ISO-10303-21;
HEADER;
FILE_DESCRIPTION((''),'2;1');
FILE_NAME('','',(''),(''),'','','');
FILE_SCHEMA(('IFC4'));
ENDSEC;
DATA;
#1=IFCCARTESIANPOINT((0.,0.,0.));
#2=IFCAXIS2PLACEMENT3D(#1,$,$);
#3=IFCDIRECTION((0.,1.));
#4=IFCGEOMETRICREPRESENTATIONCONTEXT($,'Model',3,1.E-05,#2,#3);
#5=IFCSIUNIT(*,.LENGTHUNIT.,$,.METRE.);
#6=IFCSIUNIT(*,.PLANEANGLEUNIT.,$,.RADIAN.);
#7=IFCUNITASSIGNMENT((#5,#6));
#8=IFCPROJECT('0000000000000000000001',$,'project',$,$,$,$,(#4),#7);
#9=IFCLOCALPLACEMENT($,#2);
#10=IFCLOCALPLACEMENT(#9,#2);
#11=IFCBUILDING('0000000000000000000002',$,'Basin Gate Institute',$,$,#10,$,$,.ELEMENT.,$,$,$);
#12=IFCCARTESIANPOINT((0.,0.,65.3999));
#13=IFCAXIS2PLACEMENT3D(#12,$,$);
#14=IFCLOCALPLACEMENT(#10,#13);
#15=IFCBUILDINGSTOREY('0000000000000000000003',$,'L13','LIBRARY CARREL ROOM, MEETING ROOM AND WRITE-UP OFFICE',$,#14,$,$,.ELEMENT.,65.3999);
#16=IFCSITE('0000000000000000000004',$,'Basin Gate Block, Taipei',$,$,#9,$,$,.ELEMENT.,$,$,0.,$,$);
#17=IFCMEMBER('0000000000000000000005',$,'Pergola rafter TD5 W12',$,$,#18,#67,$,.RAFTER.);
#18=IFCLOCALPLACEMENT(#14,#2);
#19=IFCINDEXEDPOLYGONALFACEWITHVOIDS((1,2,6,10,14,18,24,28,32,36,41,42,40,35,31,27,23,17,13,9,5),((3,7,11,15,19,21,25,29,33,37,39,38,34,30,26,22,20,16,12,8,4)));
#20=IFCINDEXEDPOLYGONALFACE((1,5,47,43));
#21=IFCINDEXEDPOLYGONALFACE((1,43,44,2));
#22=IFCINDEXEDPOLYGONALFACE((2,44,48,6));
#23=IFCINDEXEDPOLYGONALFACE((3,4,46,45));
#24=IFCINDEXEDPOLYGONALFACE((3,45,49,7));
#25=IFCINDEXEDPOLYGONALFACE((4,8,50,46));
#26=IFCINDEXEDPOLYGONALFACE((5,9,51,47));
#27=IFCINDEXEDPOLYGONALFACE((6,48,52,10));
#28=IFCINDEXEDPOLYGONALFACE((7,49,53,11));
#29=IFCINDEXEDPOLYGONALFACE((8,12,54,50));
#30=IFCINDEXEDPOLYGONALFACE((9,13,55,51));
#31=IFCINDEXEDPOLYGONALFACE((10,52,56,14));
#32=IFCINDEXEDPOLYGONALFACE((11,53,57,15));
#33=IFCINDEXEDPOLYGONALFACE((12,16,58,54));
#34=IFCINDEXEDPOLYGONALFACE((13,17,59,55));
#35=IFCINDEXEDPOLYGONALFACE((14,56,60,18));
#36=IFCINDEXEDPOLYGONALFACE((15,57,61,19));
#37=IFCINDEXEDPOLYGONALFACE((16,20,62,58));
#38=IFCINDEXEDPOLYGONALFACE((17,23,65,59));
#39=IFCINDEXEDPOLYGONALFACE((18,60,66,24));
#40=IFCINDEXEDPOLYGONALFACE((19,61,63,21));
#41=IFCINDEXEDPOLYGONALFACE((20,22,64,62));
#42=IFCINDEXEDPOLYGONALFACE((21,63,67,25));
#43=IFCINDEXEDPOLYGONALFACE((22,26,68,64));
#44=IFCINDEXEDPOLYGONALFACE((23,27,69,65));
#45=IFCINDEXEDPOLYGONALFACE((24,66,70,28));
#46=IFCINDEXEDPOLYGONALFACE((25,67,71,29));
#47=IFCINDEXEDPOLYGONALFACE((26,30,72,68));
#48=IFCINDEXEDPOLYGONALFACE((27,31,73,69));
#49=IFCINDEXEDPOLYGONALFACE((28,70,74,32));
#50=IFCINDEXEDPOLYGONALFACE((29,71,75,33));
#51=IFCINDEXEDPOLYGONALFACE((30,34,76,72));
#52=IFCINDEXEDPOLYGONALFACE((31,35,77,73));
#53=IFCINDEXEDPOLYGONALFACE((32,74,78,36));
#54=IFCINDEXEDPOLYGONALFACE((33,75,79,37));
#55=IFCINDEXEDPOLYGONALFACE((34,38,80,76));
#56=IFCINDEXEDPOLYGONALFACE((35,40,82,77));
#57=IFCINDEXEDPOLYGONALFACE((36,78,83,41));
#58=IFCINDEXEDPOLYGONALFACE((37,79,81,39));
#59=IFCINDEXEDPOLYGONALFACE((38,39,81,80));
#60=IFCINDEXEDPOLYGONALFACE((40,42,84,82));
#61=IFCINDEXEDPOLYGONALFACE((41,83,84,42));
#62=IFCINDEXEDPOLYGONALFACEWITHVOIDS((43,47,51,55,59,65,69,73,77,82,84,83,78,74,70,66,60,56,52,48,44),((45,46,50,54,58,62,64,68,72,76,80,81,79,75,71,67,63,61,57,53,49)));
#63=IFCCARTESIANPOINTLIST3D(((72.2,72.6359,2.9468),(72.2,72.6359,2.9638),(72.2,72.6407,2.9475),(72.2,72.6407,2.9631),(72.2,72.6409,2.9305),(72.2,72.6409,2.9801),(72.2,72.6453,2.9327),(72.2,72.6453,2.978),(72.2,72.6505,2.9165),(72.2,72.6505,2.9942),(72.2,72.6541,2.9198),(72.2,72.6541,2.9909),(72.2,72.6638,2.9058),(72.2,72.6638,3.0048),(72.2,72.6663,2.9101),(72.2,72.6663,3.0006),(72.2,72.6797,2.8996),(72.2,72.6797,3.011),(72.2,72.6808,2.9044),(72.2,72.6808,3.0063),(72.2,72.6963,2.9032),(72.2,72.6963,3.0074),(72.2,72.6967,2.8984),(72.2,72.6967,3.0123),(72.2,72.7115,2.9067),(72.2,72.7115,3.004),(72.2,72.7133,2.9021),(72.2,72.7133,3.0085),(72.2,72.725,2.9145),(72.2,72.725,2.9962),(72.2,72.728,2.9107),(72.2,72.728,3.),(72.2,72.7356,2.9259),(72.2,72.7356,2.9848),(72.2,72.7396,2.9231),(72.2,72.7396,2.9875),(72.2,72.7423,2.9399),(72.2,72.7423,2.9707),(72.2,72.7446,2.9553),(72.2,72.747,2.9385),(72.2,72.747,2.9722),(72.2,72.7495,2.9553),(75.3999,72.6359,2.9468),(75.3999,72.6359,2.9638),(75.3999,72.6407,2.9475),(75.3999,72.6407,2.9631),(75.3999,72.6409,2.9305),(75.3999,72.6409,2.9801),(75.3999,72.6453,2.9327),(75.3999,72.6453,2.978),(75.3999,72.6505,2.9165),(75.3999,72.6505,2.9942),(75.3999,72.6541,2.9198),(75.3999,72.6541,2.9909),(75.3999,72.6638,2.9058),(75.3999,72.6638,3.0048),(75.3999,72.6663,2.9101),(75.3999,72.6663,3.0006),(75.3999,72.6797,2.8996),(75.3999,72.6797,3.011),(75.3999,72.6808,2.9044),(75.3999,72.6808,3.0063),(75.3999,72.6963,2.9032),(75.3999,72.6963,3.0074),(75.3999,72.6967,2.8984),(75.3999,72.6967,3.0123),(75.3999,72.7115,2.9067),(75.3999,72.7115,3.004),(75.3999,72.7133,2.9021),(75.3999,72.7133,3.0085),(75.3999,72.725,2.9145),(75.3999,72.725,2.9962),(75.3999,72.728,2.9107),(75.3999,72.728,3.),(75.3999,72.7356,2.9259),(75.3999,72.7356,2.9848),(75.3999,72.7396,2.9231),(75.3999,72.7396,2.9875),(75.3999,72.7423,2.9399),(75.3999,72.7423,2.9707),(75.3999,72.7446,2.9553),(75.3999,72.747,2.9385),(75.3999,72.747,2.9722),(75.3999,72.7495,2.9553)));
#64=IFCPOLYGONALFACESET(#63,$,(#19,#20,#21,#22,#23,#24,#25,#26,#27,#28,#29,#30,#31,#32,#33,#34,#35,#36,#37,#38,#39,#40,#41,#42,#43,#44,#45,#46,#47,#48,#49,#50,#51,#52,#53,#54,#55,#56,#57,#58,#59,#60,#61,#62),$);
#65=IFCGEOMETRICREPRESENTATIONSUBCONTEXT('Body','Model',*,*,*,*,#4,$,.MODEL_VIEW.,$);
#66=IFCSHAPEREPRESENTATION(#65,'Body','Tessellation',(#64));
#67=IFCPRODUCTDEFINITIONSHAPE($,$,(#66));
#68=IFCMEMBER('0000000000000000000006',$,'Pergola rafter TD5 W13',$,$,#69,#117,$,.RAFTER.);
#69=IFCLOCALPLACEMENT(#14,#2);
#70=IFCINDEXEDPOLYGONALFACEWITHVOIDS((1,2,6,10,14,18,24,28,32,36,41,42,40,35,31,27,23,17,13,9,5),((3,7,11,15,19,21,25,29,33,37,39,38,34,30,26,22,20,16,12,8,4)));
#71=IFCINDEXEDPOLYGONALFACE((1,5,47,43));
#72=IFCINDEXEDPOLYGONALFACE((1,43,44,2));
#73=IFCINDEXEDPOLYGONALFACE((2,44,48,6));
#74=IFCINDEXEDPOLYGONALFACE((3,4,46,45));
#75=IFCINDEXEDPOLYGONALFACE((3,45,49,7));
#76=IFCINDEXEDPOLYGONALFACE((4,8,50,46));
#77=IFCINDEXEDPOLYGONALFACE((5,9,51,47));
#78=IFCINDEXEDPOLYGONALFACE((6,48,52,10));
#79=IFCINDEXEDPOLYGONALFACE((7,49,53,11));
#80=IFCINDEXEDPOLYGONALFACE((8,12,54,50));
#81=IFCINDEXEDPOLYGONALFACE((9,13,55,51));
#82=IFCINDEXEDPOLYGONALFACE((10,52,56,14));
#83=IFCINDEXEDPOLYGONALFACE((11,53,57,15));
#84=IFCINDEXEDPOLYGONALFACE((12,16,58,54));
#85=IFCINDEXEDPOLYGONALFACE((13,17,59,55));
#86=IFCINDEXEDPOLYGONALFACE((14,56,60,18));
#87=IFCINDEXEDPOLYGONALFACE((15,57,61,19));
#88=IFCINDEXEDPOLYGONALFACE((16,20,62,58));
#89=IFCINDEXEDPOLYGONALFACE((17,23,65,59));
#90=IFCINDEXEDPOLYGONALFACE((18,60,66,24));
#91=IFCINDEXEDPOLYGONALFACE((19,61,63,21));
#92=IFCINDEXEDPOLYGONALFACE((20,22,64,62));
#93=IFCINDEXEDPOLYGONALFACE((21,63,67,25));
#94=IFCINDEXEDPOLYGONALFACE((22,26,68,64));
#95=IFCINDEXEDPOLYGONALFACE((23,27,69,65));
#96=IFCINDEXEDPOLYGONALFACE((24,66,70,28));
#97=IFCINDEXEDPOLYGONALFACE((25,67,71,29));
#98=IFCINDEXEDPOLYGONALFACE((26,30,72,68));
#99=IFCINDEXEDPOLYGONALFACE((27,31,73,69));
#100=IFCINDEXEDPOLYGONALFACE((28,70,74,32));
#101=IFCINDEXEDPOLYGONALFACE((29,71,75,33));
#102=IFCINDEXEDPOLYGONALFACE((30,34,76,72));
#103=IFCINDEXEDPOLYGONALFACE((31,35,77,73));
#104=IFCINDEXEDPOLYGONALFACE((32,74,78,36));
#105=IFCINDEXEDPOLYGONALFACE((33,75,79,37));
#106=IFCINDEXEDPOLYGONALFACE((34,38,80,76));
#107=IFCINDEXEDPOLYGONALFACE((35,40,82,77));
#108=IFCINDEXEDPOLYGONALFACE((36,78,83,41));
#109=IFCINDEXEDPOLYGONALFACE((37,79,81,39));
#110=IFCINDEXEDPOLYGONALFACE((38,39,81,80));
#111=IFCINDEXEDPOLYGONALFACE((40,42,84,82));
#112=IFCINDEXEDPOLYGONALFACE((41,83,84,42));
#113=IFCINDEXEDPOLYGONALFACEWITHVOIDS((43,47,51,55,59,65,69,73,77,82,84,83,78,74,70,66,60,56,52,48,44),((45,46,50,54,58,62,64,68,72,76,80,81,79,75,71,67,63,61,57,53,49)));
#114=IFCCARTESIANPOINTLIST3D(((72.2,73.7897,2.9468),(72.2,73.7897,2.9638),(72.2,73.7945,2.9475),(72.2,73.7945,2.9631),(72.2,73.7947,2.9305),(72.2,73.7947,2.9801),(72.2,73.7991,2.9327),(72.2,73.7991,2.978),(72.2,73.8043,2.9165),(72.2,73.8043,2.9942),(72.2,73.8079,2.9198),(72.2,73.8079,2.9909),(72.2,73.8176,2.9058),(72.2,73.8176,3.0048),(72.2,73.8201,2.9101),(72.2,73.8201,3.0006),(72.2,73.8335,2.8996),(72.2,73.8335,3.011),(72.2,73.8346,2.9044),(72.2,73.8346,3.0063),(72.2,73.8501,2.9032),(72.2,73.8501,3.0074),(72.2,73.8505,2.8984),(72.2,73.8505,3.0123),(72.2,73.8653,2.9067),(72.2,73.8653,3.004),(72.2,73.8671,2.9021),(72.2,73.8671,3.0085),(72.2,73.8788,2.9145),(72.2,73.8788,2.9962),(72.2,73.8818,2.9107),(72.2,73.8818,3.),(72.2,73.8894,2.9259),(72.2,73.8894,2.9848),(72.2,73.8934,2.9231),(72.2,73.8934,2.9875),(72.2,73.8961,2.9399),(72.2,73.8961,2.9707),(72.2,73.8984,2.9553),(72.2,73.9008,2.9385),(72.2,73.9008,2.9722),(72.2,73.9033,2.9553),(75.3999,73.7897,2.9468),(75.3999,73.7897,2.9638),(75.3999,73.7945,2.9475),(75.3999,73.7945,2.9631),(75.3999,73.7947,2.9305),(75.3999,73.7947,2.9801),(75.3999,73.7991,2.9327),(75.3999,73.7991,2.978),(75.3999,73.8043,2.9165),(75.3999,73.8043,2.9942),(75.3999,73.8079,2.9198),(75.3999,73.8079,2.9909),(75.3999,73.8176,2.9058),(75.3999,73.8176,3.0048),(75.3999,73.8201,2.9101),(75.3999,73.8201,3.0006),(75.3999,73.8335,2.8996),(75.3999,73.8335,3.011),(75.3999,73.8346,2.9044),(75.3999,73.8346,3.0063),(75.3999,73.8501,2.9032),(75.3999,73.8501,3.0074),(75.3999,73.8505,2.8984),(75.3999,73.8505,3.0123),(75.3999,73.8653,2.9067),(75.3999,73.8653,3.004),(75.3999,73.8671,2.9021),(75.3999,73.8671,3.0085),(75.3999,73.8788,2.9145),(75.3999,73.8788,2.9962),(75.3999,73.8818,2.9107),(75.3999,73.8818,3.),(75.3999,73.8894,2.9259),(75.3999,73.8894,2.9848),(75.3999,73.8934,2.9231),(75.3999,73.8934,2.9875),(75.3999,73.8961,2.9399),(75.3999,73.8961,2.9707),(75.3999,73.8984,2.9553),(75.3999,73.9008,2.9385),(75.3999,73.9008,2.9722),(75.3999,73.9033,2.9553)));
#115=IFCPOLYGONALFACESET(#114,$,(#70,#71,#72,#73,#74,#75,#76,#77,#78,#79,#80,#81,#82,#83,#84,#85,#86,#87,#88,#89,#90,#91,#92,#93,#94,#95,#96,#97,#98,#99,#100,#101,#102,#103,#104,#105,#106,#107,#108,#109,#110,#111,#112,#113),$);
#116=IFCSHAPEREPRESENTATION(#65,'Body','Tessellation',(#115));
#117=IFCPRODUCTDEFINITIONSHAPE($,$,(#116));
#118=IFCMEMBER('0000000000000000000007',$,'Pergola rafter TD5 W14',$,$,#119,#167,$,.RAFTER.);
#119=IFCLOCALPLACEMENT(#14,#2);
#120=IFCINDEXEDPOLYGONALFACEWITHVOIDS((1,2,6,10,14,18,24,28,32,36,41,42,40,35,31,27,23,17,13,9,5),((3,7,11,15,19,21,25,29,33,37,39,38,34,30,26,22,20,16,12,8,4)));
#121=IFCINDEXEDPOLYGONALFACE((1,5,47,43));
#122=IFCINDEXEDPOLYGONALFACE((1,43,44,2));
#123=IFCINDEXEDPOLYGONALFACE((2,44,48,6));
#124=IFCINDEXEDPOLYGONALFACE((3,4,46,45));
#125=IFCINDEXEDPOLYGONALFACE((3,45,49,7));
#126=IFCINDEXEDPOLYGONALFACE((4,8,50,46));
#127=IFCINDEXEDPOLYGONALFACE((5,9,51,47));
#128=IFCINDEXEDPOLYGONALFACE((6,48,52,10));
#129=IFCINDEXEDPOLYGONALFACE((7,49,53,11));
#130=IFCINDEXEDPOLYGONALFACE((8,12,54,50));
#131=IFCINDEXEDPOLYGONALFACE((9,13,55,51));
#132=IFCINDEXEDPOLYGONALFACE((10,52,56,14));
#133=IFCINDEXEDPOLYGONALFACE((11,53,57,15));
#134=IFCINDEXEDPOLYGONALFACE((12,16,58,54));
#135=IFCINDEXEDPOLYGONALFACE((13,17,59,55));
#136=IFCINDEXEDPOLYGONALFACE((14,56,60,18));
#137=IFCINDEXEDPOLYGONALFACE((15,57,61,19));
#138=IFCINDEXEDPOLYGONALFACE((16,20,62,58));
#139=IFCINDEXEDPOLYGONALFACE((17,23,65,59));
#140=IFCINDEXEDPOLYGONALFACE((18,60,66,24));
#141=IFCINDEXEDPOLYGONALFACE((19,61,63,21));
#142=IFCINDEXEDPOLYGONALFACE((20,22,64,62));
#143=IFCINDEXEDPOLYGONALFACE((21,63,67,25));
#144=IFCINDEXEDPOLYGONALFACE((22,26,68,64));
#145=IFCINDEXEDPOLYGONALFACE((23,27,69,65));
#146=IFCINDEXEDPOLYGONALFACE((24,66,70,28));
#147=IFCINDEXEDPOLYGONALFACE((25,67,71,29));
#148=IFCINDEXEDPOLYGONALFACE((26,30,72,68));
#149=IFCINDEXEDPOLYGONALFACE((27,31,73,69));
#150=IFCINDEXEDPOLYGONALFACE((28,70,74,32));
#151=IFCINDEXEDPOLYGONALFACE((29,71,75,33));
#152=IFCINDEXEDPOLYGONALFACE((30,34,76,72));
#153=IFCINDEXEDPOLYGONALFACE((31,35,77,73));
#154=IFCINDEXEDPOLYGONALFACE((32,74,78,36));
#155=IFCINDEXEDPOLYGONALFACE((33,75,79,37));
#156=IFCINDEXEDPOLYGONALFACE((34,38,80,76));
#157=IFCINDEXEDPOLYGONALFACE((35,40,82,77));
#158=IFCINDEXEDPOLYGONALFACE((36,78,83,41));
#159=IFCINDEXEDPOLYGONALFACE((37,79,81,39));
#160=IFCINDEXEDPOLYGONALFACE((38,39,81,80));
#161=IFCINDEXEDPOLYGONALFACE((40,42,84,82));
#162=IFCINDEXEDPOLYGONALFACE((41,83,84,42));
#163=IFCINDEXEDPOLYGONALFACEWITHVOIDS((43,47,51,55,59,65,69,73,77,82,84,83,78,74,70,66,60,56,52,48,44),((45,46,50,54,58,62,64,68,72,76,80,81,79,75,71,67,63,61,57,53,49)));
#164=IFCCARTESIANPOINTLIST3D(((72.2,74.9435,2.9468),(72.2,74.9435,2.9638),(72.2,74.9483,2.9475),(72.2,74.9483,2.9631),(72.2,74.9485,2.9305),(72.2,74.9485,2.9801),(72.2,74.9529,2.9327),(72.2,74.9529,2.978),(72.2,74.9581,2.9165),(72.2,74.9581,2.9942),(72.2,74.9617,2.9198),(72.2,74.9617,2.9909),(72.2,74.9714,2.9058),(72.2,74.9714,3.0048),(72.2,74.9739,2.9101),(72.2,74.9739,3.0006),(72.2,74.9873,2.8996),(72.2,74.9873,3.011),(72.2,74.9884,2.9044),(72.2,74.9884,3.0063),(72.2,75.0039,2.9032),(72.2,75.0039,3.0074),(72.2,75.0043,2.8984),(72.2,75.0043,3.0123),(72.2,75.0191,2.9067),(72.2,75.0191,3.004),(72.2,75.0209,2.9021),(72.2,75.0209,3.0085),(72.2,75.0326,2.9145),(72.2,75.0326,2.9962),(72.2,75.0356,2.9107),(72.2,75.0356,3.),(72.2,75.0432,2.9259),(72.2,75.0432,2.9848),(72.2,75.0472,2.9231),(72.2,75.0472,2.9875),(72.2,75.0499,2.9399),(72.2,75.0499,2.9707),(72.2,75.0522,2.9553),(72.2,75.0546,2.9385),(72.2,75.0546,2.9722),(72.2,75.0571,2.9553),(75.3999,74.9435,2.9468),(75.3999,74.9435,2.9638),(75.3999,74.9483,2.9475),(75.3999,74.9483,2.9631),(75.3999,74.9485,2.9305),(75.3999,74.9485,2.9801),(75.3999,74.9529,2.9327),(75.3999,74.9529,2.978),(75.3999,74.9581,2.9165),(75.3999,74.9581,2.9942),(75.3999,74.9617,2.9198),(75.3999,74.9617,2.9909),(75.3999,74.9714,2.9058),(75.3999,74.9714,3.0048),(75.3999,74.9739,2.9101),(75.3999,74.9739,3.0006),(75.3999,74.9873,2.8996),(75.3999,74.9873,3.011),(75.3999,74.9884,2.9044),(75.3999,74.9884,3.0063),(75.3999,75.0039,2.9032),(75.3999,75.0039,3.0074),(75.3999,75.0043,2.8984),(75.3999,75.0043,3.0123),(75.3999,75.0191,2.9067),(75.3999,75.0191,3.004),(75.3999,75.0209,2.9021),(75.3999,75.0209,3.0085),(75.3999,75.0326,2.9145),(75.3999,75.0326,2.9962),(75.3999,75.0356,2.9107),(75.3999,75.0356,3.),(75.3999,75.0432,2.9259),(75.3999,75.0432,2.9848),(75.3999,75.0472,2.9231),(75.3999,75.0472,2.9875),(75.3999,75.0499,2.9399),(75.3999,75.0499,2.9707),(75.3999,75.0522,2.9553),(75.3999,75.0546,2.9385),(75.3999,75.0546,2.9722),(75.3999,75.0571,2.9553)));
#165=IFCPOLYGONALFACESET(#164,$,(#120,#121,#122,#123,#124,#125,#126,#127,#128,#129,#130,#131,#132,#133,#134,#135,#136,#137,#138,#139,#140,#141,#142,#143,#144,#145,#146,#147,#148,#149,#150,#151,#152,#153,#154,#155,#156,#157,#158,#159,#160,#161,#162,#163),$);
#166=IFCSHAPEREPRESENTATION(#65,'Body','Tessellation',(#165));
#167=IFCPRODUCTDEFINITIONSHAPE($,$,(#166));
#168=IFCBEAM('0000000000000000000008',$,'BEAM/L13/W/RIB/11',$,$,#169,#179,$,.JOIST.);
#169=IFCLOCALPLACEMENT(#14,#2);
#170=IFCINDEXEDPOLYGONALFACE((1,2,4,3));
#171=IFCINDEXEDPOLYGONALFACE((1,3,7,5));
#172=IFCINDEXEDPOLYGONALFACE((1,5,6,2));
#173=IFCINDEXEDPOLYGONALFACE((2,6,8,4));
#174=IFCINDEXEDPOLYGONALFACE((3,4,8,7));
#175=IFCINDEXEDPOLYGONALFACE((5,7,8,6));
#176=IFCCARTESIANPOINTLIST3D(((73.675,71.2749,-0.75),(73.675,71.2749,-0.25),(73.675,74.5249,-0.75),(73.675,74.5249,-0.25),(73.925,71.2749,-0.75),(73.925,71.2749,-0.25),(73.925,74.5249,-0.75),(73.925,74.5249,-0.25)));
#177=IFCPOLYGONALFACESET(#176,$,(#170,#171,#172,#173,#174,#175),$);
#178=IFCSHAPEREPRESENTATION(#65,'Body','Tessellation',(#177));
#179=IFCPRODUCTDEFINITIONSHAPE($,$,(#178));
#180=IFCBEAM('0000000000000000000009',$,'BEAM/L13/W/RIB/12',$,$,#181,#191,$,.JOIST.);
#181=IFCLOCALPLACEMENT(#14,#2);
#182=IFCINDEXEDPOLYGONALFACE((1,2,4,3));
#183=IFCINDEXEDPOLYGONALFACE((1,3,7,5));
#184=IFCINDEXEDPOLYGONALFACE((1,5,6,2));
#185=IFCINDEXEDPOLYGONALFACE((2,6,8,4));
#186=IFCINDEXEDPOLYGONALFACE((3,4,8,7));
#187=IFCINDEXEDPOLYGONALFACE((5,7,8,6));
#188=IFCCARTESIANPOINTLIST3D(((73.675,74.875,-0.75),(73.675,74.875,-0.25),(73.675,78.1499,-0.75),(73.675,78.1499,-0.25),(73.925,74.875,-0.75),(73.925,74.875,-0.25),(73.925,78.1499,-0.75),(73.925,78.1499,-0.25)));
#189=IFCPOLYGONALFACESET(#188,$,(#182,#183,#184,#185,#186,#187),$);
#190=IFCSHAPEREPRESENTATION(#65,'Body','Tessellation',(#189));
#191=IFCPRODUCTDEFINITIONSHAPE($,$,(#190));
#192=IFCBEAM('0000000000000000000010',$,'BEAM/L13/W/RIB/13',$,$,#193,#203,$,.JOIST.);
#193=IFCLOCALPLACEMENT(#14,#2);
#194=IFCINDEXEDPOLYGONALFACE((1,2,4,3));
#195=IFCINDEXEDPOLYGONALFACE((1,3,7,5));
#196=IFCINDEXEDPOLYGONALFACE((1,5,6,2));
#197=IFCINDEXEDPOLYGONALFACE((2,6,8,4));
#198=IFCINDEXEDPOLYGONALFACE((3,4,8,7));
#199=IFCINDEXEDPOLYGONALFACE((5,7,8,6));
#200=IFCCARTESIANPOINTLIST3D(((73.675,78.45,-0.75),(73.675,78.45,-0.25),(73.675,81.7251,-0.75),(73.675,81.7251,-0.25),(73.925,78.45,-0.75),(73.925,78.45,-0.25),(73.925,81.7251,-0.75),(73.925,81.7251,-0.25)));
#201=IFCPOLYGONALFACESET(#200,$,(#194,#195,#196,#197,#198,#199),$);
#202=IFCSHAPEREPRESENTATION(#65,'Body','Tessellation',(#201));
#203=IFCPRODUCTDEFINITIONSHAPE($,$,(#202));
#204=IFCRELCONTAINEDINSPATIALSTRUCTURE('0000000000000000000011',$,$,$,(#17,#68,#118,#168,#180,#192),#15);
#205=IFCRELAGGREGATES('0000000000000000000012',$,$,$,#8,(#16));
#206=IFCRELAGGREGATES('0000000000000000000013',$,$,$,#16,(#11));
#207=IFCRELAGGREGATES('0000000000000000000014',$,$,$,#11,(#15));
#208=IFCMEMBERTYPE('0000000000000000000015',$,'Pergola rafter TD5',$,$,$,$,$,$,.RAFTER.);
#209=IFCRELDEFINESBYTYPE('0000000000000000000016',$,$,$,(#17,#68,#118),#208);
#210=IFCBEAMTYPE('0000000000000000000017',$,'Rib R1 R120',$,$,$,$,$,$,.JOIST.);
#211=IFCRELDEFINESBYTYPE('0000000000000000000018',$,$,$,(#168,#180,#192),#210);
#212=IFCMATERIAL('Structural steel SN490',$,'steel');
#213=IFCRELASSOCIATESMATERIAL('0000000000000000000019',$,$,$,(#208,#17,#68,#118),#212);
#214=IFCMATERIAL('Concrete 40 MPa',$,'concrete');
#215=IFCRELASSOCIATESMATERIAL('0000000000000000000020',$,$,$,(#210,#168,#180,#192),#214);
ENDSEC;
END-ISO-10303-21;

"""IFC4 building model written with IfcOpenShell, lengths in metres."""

from ifc_helpers import new_model, si_unit, direction, frame, origin, origin_2d, place, context, subcontext, project, spatial, rectangle, hollow_circle, extrude, material, material_profile, profile_set, type_object, element, save


model = new_model("IFC4")

# Units and contexts
model_context = context("Model", 3, precision=1e-05, world=origin(), true_north=direction((0.0, 1.0)))
body_context = subcontext(model_context, "Body", "Model", "MODEL_VIEW")
ifc_project = project(units=[si_unit("LENGTHUNIT", "METRE"), si_unit("PLANEANGLEUNIT", "RADIAN")], contexts=[model_context])

# Site, building, storey
site_placement = place(None, origin())
site = spatial("IfcSite", under=ifc_project, at=site_placement, Name="Basin Gate Block, Taipei", CompositionType="ELEMENT", RefElevation=0.0)
building_placement = place(site_placement, origin())
building = spatial("IfcBuilding", under=site, at=building_placement, Name="Basin Gate Institute", CompositionType="ELEMENT")
storey_placement = place(building_placement, frame((0.0, 0.0, 65.3999)))
storey = spatial("IfcBuildingStorey", under=building, at=storey_placement, Name="L13", Description="LIBRARY CARREL ROOM, MEETING ROOM AND WRITE-UP OFFICE", CompositionType="ELEMENT", Elevation=65.3999)

# Members
ifc_material_1 = material(Name="Structural steel SN490", Category="steel")
ifc_material_profile_1 = material_profile(ifc_material_1, hollow_circle(Radius=0.0571, WallThickness=0.0049, at=origin_2d()), Name="CHS114x5")
ifc_profile_set_1 = profile_set([ifc_material_profile_1], Name="Structural steel SN490")
member_type = type_object("IfcMemberType", Name="Pergola rafter TD5", PredefinedType="RAFTER", material=ifc_profile_set_1)
for number, where, z_axis, x_axis, name in (
    (1, (72.2, 72.6924, 2.9553), (1.0, 0.0, 0.0), (0.0, 1.0, 0.0), "Pergola rafter TD5 W12"),
    (2, (72.2, 73.8462, 2.9553), (1.0, 0.0, 0.0), (0.0, 1.0, 0.0), "Pergola rafter TD5 W13"),
    (3, (72.2, 75.0, 2.9553), (1.0, 0.0, 0.0), (0.0, 1.0, 0.0), "Pergola rafter TD5 W14"),
):
    element("IfcMember", number, at=place(storey_placement, frame(where, z_axis=z_axis, x_axis=x_axis)), inside=storey, type_object=member_type, material=ifc_profile_set_1, Name=name, PredefinedType="RAFTER", context=body_context, shape_type="SweptSolid", body=[
        extrude(hollow_circle(Radius=0.0571, WallThickness=0.0049, at=origin_2d()), origin(), (0.0, 0.0, 1.0), 3.2),
    ])

# Beams
ifc_material_2 = material(Name="Concrete 40 MPa", Category="concrete")
ifc_material_profile_2 = material_profile(ifc_material_2, rectangle(XDim=0.25, YDim=0.5, at=origin_2d()), Name="Rib R1 250 x 500")
ifc_profile_set_2 = profile_set([ifc_material_profile_2], Name="Concrete 40 MPa")
beam_type_1 = type_object("IfcBeamType", Name="Rib R1 R120", PredefinedType="JOIST", material=ifc_profile_set_2)
beam_1_placement = place(storey_placement, frame((73.8, 71.2749, -0.5), z_axis=(0.0, 1.0, 0.0), x_axis=(-1.0, 0.0, 0.0)))
element("IfcBeam", 4, at=beam_1_placement, inside=storey, type_object=beam_type_1, material=ifc_profile_set_2, Name="BEAM/L13/W/RIB/11", PredefinedType="JOIST", context=body_context, shape_type="SweptSolid", body=[
    extrude(rectangle(XDim=0.25, YDim=0.5, at=origin_2d()), origin(), (0.0, 0.0, 1.0), 3.25),
])
beam_2_placement = place(storey_placement, frame((73.8, 74.875, -0.5), z_axis=(0.0, 1.0, 0.0), x_axis=(-1.0, 0.0, 0.0)))
element("IfcBeam", 5, at=beam_2_placement, inside=storey, type_object=beam_type_1, material=ifc_profile_set_2, Name="BEAM/L13/W/RIB/12", PredefinedType="JOIST", context=body_context, shape_type="SweptSolid", body=[
    extrude(rectangle(XDim=0.25, YDim=0.5, at=origin_2d()), origin(), (0.0, 0.0, 1.0), 3.2749),
])
beam_3_placement = place(storey_placement, frame((73.8, 78.45, -0.5), z_axis=(0.0, 1.0, 0.0), x_axis=(-1.0, 0.0, 0.0)))
element("IfcBeam", 6, at=beam_3_placement, inside=storey, type_object=beam_type_1, material=ifc_profile_set_2, Name="BEAM/L13/W/RIB/13", PredefinedType="JOIST", context=body_context, shape_type="SweptSolid", body=[
    extrude(rectangle(XDim=0.25, YDim=0.5, at=origin_2d()), origin(), (0.0, 0.0, 1.0), 3.2751),
])

save(model, "model.ifc")
